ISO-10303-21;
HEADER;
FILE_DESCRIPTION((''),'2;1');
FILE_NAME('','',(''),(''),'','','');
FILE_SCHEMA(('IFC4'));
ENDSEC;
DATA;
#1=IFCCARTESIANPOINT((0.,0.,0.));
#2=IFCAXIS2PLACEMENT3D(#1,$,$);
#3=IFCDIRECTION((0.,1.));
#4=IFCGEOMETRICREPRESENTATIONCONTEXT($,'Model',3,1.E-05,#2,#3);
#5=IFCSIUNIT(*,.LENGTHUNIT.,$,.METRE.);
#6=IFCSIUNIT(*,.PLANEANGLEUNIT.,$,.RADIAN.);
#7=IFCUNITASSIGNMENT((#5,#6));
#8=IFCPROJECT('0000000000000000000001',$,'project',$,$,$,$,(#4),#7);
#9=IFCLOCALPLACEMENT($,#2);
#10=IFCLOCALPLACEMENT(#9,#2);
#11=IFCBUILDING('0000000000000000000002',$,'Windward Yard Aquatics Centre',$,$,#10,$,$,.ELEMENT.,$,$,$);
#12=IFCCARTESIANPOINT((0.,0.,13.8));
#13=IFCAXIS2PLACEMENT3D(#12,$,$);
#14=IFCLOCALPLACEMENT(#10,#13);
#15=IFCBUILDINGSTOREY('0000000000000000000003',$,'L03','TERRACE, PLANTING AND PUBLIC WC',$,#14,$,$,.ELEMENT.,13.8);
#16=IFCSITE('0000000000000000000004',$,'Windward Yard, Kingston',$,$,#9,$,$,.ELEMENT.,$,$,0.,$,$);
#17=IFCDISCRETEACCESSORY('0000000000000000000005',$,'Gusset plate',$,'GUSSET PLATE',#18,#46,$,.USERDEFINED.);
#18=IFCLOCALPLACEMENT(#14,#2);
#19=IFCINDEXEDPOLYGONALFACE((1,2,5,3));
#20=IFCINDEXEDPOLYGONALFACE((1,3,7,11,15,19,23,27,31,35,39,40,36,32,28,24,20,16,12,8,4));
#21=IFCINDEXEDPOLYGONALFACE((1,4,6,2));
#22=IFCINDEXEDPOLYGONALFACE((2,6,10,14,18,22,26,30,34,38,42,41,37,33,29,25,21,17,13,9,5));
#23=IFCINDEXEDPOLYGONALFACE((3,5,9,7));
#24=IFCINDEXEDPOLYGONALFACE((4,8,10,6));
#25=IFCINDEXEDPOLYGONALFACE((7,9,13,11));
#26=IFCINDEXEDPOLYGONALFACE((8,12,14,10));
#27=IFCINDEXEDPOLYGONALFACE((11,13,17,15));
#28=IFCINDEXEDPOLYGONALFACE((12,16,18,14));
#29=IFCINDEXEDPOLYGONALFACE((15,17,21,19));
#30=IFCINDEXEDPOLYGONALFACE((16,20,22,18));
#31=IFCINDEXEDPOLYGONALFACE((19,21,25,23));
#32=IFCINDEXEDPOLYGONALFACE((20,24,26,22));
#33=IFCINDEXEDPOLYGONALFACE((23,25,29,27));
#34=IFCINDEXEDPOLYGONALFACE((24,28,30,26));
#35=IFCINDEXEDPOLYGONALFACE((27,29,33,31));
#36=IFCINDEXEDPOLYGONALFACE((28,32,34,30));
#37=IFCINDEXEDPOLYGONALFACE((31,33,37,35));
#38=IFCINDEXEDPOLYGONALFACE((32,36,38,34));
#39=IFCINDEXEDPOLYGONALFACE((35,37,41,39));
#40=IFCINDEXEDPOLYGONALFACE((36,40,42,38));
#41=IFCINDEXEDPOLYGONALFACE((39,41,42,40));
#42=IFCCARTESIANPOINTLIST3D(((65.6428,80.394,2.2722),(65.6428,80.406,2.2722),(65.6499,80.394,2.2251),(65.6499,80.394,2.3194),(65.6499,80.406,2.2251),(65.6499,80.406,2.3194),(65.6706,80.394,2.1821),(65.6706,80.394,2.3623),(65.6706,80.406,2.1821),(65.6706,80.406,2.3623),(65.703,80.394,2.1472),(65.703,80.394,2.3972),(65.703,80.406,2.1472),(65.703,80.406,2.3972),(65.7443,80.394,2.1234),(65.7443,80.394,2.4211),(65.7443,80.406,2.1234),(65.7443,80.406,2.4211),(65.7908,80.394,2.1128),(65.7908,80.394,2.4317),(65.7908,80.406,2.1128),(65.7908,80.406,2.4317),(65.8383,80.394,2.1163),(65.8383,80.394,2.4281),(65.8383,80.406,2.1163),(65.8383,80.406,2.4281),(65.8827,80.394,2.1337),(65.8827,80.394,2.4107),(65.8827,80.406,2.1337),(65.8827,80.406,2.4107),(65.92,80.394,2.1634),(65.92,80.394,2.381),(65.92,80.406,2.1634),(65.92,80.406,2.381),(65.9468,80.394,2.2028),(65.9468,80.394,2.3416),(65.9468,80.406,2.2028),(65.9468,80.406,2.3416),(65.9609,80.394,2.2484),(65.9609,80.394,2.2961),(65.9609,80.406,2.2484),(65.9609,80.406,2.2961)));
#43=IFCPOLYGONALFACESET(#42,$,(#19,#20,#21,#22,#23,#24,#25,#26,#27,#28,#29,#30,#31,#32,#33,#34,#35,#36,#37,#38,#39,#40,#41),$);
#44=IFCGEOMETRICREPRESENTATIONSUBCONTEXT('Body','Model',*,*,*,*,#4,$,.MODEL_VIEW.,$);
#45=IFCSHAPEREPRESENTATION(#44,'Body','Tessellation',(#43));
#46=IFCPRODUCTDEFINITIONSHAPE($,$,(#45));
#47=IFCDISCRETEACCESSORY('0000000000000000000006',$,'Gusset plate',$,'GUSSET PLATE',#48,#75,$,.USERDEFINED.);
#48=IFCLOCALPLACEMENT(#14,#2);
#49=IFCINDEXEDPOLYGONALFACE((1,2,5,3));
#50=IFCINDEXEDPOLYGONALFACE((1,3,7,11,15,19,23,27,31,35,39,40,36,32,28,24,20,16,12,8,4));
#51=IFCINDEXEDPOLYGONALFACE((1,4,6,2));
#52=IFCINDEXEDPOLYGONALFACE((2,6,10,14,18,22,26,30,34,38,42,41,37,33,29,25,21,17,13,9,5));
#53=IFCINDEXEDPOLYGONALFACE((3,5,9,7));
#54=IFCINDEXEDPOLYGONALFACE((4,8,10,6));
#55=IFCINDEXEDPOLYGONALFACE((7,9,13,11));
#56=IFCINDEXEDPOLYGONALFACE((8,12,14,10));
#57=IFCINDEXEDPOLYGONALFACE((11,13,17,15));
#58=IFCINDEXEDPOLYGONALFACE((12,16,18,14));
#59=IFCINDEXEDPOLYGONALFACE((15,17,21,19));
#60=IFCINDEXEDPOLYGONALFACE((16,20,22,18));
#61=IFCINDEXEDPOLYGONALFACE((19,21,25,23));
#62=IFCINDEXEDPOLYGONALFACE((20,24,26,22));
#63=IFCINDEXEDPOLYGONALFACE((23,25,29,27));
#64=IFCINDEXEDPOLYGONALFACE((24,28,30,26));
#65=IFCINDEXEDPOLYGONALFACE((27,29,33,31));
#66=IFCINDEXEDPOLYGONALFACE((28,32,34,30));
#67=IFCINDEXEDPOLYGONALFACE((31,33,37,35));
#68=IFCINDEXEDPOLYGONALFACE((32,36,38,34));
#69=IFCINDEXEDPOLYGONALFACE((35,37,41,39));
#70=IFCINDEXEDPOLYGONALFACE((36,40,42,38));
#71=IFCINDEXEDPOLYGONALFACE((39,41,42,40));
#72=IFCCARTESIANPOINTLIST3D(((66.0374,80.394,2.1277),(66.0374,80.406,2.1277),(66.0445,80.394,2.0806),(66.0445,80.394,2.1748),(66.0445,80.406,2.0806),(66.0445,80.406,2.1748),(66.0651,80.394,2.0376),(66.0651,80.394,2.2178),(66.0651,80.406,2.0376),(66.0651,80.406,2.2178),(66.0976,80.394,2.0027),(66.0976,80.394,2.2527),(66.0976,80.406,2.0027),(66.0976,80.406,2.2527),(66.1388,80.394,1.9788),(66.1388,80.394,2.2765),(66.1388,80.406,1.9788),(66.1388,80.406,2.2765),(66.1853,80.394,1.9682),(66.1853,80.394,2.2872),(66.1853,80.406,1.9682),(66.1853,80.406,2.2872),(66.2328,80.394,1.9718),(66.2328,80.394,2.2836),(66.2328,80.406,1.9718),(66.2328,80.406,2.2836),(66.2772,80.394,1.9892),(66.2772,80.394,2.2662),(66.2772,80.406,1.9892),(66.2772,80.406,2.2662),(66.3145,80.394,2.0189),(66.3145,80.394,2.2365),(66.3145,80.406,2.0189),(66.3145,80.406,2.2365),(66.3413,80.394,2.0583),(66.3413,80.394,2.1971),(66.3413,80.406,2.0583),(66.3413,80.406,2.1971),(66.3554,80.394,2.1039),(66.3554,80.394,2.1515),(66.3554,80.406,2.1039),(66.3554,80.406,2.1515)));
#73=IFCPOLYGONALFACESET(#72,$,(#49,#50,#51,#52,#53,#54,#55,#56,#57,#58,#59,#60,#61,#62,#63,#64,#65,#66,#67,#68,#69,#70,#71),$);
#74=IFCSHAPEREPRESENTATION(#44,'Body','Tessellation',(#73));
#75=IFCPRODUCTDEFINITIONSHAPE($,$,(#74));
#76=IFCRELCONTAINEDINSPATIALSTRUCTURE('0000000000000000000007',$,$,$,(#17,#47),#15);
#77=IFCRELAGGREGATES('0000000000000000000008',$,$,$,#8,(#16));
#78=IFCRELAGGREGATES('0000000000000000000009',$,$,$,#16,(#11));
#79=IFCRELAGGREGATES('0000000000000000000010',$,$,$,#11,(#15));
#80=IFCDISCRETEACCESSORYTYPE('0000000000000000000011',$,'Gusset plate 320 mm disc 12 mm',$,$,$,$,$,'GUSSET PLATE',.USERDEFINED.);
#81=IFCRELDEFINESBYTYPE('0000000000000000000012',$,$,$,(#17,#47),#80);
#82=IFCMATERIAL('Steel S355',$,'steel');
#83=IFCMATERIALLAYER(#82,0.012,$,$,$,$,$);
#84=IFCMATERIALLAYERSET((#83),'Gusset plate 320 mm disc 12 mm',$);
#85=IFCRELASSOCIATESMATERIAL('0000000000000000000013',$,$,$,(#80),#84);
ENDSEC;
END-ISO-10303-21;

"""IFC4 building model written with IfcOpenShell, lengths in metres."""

from ifc_helpers import new_model, si_unit, direction, frame, origin, origin_2d, place, context, subcontext, project, spatial, circle, extrude, material, layer, layer_set, type_object, element, save


model = new_model("IFC4")

# Units and contexts
model_context = context("Model", 3, precision=1e-05, world=origin(), true_north=direction((0.0, 1.0)))
body_context = subcontext(model_context, "Body", "Model", "MODEL_VIEW")
ifc_project = project(units=[si_unit("LENGTHUNIT", "METRE"), si_unit("PLANEANGLEUNIT", "RADIAN")], contexts=[model_context])

# Site, building, storey
site_placement = place(None, origin())
site = spatial("IfcSite", under=ifc_project, at=site_placement, Name="Windward Yard, Kingston", CompositionType="ELEMENT", RefElevation=0.0)
building_placement = place(site_placement, origin())
building = spatial("IfcBuilding", under=site, at=building_placement, Name="Windward Yard Aquatics Centre", CompositionType="ELEMENT")
storey_placement = place(building_placement, frame((0.0, 0.0, 13.8)))
storey = spatial("IfcBuildingStorey", under=building, at=storey_placement, Name="L03", Description="TERRACE, PLANTING AND PUBLIC WC", CompositionType="ELEMENT", Elevation=13.8)

# Discrete accessories
ifc_material_1 = material(Name="Steel S355", Category="steel")
ifc_layer_1 = layer(ifc_material_1, 0.012)
ifc_layer_set_1 = layer_set([ifc_layer_1], Name="Gusset plate 320 mm disc 12 mm")
discrete_accessory_type = type_object("IfcDiscreteAccessoryType", Name="Gusset plate 320 mm disc 12 mm", ElementType="GUSSET PLATE", PredefinedType="USERDEFINED", material=ifc_layer_set_1)
for number, where, z_axis, x_axis, name in (
    (1, (65.8027, 80.394, 2.2722), (0.0, 1.0, 0.0), (-1.0, 0.0, 0.0), "Gusset plate"),
    (2, (66.1973, 80.394, 2.1277), (0.0, 1.0, 0.0), (-1.0, 0.0, 0.0), "Gusset plate"),
):
    element("IfcDiscreteAccessory", number, at=place(storey_placement, frame(where, z_axis=z_axis, x_axis=x_axis)), inside=storey, type_object=discrete_accessory_type, Name=name, ObjectType="GUSSET PLATE", PredefinedType="USERDEFINED", context=body_context, shape_type="SweptSolid", body=[
        extrude(circle(Radius=0.1599, at=origin_2d()), origin(), (0.0, 0.0, 1.0), 0.012),
    ])

save(model, "model.ifc")
